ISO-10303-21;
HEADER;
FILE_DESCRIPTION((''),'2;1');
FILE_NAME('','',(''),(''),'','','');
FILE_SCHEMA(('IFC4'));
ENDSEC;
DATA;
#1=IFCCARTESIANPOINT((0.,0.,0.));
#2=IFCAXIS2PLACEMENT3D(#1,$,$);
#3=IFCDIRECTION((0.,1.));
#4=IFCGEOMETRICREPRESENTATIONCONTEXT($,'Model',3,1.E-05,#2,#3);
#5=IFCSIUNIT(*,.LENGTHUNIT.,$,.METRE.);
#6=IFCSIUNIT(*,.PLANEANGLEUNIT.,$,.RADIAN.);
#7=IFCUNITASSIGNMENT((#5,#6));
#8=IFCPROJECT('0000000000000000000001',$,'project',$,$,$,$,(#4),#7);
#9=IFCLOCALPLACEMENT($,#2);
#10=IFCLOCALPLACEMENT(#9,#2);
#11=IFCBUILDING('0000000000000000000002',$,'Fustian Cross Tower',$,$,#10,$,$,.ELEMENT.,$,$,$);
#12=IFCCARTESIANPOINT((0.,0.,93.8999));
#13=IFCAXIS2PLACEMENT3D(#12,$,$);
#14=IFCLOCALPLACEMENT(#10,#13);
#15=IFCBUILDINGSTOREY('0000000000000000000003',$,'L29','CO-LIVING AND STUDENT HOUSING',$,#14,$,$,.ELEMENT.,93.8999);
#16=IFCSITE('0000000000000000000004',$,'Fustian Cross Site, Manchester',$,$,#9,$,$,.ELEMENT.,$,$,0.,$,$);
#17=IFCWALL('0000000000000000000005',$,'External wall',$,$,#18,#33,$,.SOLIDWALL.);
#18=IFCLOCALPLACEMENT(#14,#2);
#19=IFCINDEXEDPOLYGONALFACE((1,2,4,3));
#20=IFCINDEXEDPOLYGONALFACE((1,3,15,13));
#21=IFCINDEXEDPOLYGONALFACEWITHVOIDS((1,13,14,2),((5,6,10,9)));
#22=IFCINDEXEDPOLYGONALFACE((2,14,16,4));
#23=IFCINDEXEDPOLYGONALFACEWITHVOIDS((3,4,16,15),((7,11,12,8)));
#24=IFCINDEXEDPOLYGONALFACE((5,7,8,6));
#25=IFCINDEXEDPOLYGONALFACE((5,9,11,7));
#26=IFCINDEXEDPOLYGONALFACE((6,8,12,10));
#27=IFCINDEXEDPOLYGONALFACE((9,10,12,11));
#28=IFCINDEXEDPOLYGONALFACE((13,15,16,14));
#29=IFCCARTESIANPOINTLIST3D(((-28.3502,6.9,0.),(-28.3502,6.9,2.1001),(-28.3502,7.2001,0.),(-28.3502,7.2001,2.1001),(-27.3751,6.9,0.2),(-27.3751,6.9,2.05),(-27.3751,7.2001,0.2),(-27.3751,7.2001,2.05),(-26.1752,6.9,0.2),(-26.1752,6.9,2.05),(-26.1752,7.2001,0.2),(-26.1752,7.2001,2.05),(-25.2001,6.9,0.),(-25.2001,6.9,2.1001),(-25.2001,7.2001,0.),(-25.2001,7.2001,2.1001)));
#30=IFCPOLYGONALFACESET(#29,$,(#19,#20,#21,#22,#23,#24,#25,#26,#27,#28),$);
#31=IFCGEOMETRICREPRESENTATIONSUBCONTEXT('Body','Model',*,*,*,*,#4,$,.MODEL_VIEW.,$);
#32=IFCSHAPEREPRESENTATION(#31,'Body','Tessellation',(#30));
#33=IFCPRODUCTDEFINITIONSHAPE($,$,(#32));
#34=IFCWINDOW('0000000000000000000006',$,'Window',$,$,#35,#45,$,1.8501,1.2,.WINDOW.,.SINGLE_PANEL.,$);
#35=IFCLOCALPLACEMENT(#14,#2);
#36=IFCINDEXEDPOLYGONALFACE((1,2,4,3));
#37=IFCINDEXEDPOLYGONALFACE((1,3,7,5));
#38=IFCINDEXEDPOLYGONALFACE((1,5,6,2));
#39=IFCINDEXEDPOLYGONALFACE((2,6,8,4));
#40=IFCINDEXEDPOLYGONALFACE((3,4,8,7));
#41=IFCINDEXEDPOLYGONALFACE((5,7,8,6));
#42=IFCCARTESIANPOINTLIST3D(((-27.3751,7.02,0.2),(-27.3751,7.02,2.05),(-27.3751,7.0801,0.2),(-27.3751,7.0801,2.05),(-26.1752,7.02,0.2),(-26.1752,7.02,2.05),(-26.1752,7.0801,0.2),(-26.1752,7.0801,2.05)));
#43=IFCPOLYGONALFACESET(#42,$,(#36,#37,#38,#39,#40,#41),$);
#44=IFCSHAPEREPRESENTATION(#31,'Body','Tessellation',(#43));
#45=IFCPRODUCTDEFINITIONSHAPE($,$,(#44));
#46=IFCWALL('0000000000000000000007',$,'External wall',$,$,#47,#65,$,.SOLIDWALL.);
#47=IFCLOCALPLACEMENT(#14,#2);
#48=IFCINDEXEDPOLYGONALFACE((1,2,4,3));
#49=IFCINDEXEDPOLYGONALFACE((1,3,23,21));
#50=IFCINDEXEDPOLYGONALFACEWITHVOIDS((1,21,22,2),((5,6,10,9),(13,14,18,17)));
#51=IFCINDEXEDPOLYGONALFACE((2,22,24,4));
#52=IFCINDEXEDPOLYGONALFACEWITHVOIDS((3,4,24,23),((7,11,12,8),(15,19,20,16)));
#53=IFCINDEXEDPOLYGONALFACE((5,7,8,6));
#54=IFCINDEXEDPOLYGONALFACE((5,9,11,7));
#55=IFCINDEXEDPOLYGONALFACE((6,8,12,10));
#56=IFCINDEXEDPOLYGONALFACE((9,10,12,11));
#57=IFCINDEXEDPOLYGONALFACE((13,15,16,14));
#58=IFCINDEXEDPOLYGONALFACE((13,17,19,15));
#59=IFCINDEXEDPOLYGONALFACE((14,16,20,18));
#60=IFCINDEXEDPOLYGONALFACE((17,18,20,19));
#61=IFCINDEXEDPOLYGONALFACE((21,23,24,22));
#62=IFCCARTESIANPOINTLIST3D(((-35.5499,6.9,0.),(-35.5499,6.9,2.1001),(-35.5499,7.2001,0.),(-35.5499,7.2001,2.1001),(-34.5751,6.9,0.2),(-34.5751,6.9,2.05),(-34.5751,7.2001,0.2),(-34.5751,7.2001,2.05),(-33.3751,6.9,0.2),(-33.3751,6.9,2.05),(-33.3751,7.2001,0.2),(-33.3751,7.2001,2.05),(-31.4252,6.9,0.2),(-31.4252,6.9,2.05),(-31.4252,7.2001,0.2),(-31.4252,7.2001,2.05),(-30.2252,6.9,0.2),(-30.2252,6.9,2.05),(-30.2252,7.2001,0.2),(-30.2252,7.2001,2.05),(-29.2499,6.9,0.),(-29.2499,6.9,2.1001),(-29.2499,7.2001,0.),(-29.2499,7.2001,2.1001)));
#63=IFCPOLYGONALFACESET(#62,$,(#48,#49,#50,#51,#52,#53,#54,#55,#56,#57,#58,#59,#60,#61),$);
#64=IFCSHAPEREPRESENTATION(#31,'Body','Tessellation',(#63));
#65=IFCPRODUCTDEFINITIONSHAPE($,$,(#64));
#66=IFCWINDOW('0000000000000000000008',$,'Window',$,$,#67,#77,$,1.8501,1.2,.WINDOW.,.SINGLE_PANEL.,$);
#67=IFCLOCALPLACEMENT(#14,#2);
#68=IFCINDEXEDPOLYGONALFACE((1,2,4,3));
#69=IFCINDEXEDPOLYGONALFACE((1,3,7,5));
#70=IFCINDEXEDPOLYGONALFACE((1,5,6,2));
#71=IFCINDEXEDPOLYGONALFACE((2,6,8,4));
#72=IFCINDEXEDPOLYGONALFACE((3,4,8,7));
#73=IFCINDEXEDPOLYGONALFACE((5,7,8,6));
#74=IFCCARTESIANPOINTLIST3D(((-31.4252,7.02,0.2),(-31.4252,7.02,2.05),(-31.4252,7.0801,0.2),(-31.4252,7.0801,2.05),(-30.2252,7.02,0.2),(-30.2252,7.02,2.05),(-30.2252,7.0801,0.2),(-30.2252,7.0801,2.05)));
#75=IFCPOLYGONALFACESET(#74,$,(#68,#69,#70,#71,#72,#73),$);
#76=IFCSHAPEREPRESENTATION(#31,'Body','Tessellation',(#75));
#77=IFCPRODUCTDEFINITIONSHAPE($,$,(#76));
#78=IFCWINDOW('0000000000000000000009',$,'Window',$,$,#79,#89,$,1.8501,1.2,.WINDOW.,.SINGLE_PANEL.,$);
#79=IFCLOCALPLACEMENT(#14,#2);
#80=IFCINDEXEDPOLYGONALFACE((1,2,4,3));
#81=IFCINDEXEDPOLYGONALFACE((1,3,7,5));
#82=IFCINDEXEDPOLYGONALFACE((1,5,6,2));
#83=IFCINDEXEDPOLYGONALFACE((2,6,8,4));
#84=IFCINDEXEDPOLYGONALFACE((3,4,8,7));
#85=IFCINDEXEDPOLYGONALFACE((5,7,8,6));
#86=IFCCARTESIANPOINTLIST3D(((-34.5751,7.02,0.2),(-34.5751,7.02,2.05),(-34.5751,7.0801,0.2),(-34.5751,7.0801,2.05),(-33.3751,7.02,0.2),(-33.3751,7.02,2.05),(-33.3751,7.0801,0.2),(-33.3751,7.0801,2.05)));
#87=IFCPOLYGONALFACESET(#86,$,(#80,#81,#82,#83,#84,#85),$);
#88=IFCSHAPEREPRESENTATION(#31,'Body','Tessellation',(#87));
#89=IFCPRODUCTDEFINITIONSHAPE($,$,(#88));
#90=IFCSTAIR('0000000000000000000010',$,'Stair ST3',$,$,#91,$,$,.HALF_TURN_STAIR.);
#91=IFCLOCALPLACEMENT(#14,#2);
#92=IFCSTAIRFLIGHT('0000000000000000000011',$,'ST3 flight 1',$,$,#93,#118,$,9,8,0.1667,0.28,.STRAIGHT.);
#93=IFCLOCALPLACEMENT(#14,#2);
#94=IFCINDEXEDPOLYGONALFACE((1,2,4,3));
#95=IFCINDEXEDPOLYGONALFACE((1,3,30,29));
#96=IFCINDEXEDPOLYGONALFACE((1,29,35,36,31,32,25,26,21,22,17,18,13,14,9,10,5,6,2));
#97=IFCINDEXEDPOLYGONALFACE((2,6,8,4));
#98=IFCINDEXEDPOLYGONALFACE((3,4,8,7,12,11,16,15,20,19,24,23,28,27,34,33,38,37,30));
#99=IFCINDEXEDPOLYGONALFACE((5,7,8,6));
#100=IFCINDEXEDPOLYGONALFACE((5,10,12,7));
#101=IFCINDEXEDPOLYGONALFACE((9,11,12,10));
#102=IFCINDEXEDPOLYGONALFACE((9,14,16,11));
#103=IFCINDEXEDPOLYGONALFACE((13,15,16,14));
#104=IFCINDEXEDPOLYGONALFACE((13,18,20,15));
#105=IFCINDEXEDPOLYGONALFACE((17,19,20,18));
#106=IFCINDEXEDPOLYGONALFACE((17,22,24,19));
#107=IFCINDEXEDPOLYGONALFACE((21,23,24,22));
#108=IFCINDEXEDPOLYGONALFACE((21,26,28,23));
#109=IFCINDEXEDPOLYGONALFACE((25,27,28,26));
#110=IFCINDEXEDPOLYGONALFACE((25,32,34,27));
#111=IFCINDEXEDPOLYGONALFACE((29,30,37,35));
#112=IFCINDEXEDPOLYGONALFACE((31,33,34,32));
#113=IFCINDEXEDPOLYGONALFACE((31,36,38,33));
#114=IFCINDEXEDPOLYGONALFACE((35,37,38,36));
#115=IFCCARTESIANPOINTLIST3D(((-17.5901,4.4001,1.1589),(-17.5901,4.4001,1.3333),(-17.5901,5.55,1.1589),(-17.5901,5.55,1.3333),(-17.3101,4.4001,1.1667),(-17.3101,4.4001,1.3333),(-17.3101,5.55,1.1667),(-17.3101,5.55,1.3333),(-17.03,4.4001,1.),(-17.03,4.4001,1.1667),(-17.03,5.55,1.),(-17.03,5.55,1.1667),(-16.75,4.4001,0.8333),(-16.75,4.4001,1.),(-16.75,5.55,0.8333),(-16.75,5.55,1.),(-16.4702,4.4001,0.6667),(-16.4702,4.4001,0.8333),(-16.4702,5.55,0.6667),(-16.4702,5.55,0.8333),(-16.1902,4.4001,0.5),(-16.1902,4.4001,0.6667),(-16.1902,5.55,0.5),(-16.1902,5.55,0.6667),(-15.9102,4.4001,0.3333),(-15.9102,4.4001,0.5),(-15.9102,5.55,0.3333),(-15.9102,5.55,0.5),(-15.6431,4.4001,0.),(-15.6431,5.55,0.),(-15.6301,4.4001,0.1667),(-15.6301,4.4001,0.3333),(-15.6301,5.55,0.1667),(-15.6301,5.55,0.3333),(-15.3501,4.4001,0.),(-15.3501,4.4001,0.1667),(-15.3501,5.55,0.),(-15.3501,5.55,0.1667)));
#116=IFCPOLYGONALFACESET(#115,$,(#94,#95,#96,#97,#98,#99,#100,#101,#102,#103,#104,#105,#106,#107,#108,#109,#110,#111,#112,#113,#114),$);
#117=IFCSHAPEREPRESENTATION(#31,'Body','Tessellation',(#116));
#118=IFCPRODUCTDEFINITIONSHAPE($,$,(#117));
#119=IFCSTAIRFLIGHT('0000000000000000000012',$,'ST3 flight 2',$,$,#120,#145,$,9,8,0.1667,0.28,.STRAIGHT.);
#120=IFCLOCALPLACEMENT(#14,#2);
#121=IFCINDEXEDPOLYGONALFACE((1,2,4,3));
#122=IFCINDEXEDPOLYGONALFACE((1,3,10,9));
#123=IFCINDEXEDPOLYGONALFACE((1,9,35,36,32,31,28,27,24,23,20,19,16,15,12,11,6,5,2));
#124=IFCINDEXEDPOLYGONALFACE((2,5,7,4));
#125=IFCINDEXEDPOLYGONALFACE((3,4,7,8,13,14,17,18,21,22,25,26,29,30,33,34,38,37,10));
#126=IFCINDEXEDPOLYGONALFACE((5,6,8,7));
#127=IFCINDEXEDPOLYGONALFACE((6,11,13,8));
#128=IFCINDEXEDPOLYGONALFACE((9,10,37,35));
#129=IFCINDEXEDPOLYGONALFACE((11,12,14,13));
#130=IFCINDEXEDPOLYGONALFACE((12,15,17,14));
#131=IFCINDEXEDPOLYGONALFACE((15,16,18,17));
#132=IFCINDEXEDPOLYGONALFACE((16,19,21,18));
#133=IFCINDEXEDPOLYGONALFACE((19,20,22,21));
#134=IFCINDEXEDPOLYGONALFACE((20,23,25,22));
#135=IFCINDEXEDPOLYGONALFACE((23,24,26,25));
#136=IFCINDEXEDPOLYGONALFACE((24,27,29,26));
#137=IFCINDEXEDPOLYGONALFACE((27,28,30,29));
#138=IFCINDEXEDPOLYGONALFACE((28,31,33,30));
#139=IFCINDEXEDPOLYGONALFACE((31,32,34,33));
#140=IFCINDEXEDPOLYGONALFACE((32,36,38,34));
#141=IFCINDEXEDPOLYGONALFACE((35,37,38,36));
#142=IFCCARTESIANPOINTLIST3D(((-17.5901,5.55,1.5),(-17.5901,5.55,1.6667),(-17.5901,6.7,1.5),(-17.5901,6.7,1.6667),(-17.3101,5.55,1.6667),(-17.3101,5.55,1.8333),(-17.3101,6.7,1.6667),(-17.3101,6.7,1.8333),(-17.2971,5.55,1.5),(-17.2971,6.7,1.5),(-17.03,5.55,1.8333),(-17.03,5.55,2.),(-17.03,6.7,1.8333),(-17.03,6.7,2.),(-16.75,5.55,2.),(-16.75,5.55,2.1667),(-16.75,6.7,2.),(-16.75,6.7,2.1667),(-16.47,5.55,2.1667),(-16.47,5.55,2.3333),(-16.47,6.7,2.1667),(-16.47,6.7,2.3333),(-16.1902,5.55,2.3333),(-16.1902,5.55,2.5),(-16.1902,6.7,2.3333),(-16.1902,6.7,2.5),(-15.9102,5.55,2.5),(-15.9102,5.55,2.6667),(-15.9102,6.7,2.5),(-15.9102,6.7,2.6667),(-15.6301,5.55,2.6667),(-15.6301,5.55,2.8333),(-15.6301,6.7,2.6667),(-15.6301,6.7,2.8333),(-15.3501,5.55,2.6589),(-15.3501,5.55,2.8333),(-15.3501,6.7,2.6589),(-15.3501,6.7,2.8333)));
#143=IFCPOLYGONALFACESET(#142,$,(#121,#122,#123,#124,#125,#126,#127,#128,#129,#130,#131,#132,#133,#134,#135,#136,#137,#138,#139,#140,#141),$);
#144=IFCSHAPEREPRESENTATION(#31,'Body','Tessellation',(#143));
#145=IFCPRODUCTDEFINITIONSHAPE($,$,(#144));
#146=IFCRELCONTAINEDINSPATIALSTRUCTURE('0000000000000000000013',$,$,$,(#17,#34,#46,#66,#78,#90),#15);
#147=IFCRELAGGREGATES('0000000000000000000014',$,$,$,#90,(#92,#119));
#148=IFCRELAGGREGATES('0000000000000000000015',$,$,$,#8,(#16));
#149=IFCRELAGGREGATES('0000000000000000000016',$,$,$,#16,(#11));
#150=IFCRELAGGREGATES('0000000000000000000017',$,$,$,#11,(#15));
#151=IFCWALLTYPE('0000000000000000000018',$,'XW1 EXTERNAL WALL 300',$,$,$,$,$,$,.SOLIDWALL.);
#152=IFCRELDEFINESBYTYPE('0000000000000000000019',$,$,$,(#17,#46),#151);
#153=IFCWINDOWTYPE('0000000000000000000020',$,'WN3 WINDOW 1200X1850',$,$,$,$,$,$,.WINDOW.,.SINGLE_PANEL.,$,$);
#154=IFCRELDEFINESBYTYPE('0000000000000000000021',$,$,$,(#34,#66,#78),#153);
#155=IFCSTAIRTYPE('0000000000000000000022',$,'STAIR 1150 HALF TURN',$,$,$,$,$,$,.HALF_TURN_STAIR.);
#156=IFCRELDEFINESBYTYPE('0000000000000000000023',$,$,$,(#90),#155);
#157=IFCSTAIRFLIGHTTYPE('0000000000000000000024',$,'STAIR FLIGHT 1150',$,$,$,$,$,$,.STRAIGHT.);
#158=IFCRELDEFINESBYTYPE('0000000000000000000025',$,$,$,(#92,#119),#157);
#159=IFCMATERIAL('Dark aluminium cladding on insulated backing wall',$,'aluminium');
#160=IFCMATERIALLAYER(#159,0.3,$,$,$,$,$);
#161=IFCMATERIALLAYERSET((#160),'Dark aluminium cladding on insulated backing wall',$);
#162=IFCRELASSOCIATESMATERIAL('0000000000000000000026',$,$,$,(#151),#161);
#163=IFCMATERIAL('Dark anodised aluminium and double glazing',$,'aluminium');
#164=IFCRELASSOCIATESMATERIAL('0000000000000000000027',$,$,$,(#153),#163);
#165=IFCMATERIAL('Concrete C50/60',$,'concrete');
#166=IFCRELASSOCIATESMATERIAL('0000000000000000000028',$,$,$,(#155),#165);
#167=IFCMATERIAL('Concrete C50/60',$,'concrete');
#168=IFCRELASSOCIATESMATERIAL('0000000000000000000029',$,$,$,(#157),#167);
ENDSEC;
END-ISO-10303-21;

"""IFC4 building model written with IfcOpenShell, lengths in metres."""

from ifc_helpers import new_model, si_unit, direction, frame, frame_2d, origin, place, context, subcontext, project, spatial, polyline, rectangle, outline, extrude, material, layer, layer_set, type_object, element, fill, aggregate, save


model = new_model("IFC4")

# Units and contexts
model_context = context("Model", 3, precision=1e-05, world=origin(), true_north=direction((0.0, 1.0)))
body_context = subcontext(model_context, "Body", "Model", "MODEL_VIEW")
ifc_project = project(units=[si_unit("LENGTHUNIT", "METRE"), si_unit("PLANEANGLEUNIT", "RADIAN")], contexts=[model_context])

# Site, building, storey
site_placement = place(None, origin())
site = spatial("IfcSite", under=ifc_project, at=site_placement, Name="Fustian Cross Site, Manchester", CompositionType="ELEMENT", RefElevation=0.0)
building_placement = place(site_placement, origin())
building = spatial("IfcBuilding", under=site, at=building_placement, Name="Fustian Cross Tower", CompositionType="ELEMENT")
storey_placement = place(building_placement, frame((0.0, 0.0, 93.8999)))
storey = spatial("IfcBuildingStorey", under=building, at=storey_placement, Name="L29", Description="CO-LIVING AND STUDENT HOUSING", CompositionType="ELEMENT", Elevation=93.8999)

# Wall, opening, window
ifc_material_1 = material(Name="Dark aluminium cladding on insulated backing wall", Category="aluminium")
ifc_layer_1 = layer(ifc_material_1, 0.3)
ifc_layer_set_1 = layer_set([ifc_layer_1], Name="Dark aluminium cladding on insulated backing wall")
wall_type_1 = type_object("IfcWallType", Name="XW1 EXTERNAL WALL 300", PredefinedType="SOLIDWALL", material=ifc_layer_set_1)
ifc_material_2 = material(Name="Dark anodised aluminium and double glazing", Category="aluminium")
window_type = type_object("IfcWindowType", Name="WN3 WINDOW 1200X1850", PartitioningType="SINGLE_PANEL", PredefinedType="WINDOW", material=ifc_material_2)
wall_1_placement = place(storey_placement, frame((-25.2, 7.05, 0.0), z_axis=(0.0, 0.0, 1.0), x_axis=(-1.0, 0.0, 0.0)))
wall_1 = element("IfcWall", 1, at=wall_1_placement, inside=storey, type_object=wall_type_1, Name="External wall", PredefinedType="SOLIDWALL", context=body_context, shape_type="SweptSolid", body=[
    extrude(rectangle(XDim=3.1501, YDim=0.3, at=frame_2d((1.5752, 0.0))), origin(), (0.0, 0.0, 1.0), 2.1001),
])
opening_1_placement = place(wall_1_placement, frame((0.9751, 0.0, 0.2)))
opening_1 = element("IfcOpeningElement", 2, at=opening_1_placement, cuts=wall_1, PredefinedType="OPENING", context=body_context, shape_type="SweptSolid", body=[
    extrude(rectangle(XDim=1.2, YDim=1.8501, at=frame_2d((0.6001, 0.925))), frame((0.0, 0.1599, 0.0), z_axis=(0.0, -1.0, 0.0), x_axis=(1.0, 0.0, 0.0)), (0.0, 0.0, 1.0), 0.3201),
])
window_1_placement = place(opening_1_placement, origin())
window_1 = element("IfcWindow", 3, at=window_1_placement, inside=storey, type_object=window_type, Name="Window", OverallHeight=1.8501, OverallWidth=1.2, PartitioningType="SINGLE_PANEL", PredefinedType="WINDOW", context=body_context, shape_type="SweptSolid", body=[
    extrude(rectangle(XDim=1.2, YDim=1.8501, at=frame_2d((0.6001, 0.925))), frame((0.0, 0.03, 0.0), z_axis=(0.0, -1.0, 0.0), x_axis=(1.0, 0.0, 0.0)), (0.0, 0.0, 1.0), 0.0601),
])
fill(opening_1, window_1)

# Wall, openings, windows
wall_2_placement = place(storey_placement, frame((-29.25, 7.05, 0.0), z_axis=(0.0, 0.0, 1.0), x_axis=(-1.0, 0.0, 0.0)))
wall_2 = element("IfcWall", 4, at=wall_2_placement, inside=storey, type_object=wall_type_1, Name="External wall", PredefinedType="SOLIDWALL", context=body_context, shape_type="SweptSolid", body=[
    extrude(rectangle(XDim=6.3, YDim=0.3, at=frame_2d((3.1499, 0.0))), origin(), (0.0, 0.0, 1.0), 2.1001),
])
opening_2_placement = place(wall_2_placement, frame((0.9751, 0.0, 0.2)))
opening_2 = element("IfcOpeningElement", 5, at=opening_2_placement, cuts=wall_2, PredefinedType="OPENING", context=body_context, shape_type="SweptSolid", body=[
    extrude(rectangle(XDim=1.2, YDim=1.8501, at=frame_2d((0.6001, 0.925))), frame((0.0, 0.1599, 0.0), z_axis=(0.0, -1.0, 0.0), x_axis=(1.0, 0.0, 0.0)), (0.0, 0.0, 1.0), 0.3201),
])
opening_3_placement = place(wall_2_placement, frame((4.125, 0.0, 0.2)))
opening_3 = element("IfcOpeningElement", 6, at=opening_3_placement, cuts=wall_2, PredefinedType="OPENING", context=body_context, shape_type="SweptSolid", body=[
    extrude(rectangle(XDim=1.2, YDim=1.8501, at=frame_2d((0.6001, 0.925))), frame((0.0, 0.1599, 0.0), z_axis=(0.0, -1.0, 0.0), x_axis=(1.0, 0.0, 0.0)), (0.0, 0.0, 1.0), 0.3201),
])
window_2_placement = place(opening_2_placement, origin())
window_2 = element("IfcWindow", 7, at=window_2_placement, inside=storey, type_object=window_type, Name="Window", OverallHeight=1.8501, OverallWidth=1.2, PartitioningType="SINGLE_PANEL", PredefinedType="WINDOW", context=body_context, shape_type="SweptSolid", body=[
    extrude(rectangle(XDim=1.2, YDim=1.8501, at=frame_2d((0.6001, 0.925))), frame((0.0, 0.03, 0.0), z_axis=(0.0, -1.0, 0.0), x_axis=(1.0, 0.0, 0.0)), (0.0, 0.0, 1.0), 0.0601),
])
fill(opening_2, window_2)
window_3_placement = place(opening_3_placement, origin())
window_3 = element("IfcWindow", 8, at=window_3_placement, inside=storey, type_object=window_type, Name="Window", OverallHeight=1.8501, OverallWidth=1.2, PartitioningType="SINGLE_PANEL", PredefinedType="WINDOW", context=body_context, shape_type="SweptSolid", body=[
    extrude(rectangle(XDim=1.2, YDim=1.8501, at=frame_2d((0.6001, 0.925))), frame((0.0, 0.03, 0.0), z_axis=(0.0, -1.0, 0.0), x_axis=(1.0, 0.0, 0.0)), (0.0, 0.0, 1.0), 0.0601),
])
fill(opening_3, window_3)

# Stair, stair flights
ifc_material_3 = material(Name="Concrete C50/60", Category="concrete")
stair_type = type_object("IfcStairType", Name="STAIR 1150 HALF TURN", PredefinedType="HALF_TURN_STAIR", material=ifc_material_3)
stair_placement = place(storey_placement, origin())
stair = element("IfcStair", 9, at=stair_placement, inside=storey, type_object=stair_type, Name="Stair ST3", PredefinedType="HALF_TURN_STAIR")
ifc_material_4 = material(Name="Concrete C50/60", Category="concrete")
stair_flight_type = type_object("IfcStairFlightType", Name="STAIR FLIGHT 1150", PredefinedType="STRAIGHT", material=ifc_material_4)
stair_flight_1_placement = place(storey_placement, frame((-15.3501, 4.9751, 0.0), z_axis=(0.0, 0.0, 1.0), x_axis=(-1.0, 0.0, 0.0)))
stair_flight_1 = element("IfcStairFlight", 10, at=stair_flight_1_placement, type_object=stair_flight_type, Name="ST3 flight 1", NumberOfRisers=9, NumberOfTreads=8, PredefinedType="STRAIGHT", RiserHeight=0.1667, TreadLength=0.28, context=body_context, shape_type="SweptSolid", body=[
    extrude(outline(polyline([(0.0, 0.0), (0.0, 0.1667), (0.28, 0.1667), (0.28, 0.3333), (0.5601, 0.3333), (0.5601, 0.5), (0.8401, 0.5), (0.8401, 0.6667), (1.1201, 0.6667), (1.1201, 0.8333), (1.3999, 0.8333), (1.3999, 1.0), (1.6799, 1.0), (1.6799, 1.1667), (1.96, 1.1667), (1.96, 1.3333), (2.24, 1.3333), (2.24, 1.5), (2.24, 1.1589), (0.293, 0.0), (0.0, 0.0)])), frame((0.0, 0.575, 0.0), z_axis=(0.0, -1.0, 0.0), x_axis=(1.0, 0.0, 0.0)), (0.0, 0.0, 1.0), 1.1499),
])
stair_flight_2_placement = place(storey_placement, frame((-17.5901, 6.125, 1.5), z_axis=(0.0, 0.0, 1.0), x_axis=(1.0, 0.0, 0.0)))
stair_flight_2 = element("IfcStairFlight", 11, at=stair_flight_2_placement, type_object=stair_flight_type, Name="ST3 flight 2", NumberOfRisers=9, NumberOfTreads=8, PredefinedType="STRAIGHT", RiserHeight=0.1667, TreadLength=0.28, context=body_context, shape_type="SweptSolid", body=[
    extrude(outline(polyline([(0.0, 0.0), (0.0, 0.1667), (0.28, 0.1667), (0.28, 0.3333), (0.5601, 0.3333), (0.5601, 0.5), (0.8401, 0.5), (0.8401, 0.6667), (1.1201, 0.6667), (1.1201, 0.8333), (1.3999, 0.8333), (1.3999, 1.0), (1.6799, 1.0), (1.6799, 1.1667), (1.96, 1.1667), (1.96, 1.3333), (2.24, 1.3333), (2.24, 1.5), (2.24, 1.1589), (0.293, 0.0), (0.0, 0.0)])), frame((0.0, 0.575, 0.0), z_axis=(0.0, -1.0, 0.0), x_axis=(1.0, 0.0, 0.0)), (0.0, 0.0, 1.0), 1.1499),
])
aggregate(stair, [stair_flight_1, stair_flight_2])

save(model, "model.ifc")
